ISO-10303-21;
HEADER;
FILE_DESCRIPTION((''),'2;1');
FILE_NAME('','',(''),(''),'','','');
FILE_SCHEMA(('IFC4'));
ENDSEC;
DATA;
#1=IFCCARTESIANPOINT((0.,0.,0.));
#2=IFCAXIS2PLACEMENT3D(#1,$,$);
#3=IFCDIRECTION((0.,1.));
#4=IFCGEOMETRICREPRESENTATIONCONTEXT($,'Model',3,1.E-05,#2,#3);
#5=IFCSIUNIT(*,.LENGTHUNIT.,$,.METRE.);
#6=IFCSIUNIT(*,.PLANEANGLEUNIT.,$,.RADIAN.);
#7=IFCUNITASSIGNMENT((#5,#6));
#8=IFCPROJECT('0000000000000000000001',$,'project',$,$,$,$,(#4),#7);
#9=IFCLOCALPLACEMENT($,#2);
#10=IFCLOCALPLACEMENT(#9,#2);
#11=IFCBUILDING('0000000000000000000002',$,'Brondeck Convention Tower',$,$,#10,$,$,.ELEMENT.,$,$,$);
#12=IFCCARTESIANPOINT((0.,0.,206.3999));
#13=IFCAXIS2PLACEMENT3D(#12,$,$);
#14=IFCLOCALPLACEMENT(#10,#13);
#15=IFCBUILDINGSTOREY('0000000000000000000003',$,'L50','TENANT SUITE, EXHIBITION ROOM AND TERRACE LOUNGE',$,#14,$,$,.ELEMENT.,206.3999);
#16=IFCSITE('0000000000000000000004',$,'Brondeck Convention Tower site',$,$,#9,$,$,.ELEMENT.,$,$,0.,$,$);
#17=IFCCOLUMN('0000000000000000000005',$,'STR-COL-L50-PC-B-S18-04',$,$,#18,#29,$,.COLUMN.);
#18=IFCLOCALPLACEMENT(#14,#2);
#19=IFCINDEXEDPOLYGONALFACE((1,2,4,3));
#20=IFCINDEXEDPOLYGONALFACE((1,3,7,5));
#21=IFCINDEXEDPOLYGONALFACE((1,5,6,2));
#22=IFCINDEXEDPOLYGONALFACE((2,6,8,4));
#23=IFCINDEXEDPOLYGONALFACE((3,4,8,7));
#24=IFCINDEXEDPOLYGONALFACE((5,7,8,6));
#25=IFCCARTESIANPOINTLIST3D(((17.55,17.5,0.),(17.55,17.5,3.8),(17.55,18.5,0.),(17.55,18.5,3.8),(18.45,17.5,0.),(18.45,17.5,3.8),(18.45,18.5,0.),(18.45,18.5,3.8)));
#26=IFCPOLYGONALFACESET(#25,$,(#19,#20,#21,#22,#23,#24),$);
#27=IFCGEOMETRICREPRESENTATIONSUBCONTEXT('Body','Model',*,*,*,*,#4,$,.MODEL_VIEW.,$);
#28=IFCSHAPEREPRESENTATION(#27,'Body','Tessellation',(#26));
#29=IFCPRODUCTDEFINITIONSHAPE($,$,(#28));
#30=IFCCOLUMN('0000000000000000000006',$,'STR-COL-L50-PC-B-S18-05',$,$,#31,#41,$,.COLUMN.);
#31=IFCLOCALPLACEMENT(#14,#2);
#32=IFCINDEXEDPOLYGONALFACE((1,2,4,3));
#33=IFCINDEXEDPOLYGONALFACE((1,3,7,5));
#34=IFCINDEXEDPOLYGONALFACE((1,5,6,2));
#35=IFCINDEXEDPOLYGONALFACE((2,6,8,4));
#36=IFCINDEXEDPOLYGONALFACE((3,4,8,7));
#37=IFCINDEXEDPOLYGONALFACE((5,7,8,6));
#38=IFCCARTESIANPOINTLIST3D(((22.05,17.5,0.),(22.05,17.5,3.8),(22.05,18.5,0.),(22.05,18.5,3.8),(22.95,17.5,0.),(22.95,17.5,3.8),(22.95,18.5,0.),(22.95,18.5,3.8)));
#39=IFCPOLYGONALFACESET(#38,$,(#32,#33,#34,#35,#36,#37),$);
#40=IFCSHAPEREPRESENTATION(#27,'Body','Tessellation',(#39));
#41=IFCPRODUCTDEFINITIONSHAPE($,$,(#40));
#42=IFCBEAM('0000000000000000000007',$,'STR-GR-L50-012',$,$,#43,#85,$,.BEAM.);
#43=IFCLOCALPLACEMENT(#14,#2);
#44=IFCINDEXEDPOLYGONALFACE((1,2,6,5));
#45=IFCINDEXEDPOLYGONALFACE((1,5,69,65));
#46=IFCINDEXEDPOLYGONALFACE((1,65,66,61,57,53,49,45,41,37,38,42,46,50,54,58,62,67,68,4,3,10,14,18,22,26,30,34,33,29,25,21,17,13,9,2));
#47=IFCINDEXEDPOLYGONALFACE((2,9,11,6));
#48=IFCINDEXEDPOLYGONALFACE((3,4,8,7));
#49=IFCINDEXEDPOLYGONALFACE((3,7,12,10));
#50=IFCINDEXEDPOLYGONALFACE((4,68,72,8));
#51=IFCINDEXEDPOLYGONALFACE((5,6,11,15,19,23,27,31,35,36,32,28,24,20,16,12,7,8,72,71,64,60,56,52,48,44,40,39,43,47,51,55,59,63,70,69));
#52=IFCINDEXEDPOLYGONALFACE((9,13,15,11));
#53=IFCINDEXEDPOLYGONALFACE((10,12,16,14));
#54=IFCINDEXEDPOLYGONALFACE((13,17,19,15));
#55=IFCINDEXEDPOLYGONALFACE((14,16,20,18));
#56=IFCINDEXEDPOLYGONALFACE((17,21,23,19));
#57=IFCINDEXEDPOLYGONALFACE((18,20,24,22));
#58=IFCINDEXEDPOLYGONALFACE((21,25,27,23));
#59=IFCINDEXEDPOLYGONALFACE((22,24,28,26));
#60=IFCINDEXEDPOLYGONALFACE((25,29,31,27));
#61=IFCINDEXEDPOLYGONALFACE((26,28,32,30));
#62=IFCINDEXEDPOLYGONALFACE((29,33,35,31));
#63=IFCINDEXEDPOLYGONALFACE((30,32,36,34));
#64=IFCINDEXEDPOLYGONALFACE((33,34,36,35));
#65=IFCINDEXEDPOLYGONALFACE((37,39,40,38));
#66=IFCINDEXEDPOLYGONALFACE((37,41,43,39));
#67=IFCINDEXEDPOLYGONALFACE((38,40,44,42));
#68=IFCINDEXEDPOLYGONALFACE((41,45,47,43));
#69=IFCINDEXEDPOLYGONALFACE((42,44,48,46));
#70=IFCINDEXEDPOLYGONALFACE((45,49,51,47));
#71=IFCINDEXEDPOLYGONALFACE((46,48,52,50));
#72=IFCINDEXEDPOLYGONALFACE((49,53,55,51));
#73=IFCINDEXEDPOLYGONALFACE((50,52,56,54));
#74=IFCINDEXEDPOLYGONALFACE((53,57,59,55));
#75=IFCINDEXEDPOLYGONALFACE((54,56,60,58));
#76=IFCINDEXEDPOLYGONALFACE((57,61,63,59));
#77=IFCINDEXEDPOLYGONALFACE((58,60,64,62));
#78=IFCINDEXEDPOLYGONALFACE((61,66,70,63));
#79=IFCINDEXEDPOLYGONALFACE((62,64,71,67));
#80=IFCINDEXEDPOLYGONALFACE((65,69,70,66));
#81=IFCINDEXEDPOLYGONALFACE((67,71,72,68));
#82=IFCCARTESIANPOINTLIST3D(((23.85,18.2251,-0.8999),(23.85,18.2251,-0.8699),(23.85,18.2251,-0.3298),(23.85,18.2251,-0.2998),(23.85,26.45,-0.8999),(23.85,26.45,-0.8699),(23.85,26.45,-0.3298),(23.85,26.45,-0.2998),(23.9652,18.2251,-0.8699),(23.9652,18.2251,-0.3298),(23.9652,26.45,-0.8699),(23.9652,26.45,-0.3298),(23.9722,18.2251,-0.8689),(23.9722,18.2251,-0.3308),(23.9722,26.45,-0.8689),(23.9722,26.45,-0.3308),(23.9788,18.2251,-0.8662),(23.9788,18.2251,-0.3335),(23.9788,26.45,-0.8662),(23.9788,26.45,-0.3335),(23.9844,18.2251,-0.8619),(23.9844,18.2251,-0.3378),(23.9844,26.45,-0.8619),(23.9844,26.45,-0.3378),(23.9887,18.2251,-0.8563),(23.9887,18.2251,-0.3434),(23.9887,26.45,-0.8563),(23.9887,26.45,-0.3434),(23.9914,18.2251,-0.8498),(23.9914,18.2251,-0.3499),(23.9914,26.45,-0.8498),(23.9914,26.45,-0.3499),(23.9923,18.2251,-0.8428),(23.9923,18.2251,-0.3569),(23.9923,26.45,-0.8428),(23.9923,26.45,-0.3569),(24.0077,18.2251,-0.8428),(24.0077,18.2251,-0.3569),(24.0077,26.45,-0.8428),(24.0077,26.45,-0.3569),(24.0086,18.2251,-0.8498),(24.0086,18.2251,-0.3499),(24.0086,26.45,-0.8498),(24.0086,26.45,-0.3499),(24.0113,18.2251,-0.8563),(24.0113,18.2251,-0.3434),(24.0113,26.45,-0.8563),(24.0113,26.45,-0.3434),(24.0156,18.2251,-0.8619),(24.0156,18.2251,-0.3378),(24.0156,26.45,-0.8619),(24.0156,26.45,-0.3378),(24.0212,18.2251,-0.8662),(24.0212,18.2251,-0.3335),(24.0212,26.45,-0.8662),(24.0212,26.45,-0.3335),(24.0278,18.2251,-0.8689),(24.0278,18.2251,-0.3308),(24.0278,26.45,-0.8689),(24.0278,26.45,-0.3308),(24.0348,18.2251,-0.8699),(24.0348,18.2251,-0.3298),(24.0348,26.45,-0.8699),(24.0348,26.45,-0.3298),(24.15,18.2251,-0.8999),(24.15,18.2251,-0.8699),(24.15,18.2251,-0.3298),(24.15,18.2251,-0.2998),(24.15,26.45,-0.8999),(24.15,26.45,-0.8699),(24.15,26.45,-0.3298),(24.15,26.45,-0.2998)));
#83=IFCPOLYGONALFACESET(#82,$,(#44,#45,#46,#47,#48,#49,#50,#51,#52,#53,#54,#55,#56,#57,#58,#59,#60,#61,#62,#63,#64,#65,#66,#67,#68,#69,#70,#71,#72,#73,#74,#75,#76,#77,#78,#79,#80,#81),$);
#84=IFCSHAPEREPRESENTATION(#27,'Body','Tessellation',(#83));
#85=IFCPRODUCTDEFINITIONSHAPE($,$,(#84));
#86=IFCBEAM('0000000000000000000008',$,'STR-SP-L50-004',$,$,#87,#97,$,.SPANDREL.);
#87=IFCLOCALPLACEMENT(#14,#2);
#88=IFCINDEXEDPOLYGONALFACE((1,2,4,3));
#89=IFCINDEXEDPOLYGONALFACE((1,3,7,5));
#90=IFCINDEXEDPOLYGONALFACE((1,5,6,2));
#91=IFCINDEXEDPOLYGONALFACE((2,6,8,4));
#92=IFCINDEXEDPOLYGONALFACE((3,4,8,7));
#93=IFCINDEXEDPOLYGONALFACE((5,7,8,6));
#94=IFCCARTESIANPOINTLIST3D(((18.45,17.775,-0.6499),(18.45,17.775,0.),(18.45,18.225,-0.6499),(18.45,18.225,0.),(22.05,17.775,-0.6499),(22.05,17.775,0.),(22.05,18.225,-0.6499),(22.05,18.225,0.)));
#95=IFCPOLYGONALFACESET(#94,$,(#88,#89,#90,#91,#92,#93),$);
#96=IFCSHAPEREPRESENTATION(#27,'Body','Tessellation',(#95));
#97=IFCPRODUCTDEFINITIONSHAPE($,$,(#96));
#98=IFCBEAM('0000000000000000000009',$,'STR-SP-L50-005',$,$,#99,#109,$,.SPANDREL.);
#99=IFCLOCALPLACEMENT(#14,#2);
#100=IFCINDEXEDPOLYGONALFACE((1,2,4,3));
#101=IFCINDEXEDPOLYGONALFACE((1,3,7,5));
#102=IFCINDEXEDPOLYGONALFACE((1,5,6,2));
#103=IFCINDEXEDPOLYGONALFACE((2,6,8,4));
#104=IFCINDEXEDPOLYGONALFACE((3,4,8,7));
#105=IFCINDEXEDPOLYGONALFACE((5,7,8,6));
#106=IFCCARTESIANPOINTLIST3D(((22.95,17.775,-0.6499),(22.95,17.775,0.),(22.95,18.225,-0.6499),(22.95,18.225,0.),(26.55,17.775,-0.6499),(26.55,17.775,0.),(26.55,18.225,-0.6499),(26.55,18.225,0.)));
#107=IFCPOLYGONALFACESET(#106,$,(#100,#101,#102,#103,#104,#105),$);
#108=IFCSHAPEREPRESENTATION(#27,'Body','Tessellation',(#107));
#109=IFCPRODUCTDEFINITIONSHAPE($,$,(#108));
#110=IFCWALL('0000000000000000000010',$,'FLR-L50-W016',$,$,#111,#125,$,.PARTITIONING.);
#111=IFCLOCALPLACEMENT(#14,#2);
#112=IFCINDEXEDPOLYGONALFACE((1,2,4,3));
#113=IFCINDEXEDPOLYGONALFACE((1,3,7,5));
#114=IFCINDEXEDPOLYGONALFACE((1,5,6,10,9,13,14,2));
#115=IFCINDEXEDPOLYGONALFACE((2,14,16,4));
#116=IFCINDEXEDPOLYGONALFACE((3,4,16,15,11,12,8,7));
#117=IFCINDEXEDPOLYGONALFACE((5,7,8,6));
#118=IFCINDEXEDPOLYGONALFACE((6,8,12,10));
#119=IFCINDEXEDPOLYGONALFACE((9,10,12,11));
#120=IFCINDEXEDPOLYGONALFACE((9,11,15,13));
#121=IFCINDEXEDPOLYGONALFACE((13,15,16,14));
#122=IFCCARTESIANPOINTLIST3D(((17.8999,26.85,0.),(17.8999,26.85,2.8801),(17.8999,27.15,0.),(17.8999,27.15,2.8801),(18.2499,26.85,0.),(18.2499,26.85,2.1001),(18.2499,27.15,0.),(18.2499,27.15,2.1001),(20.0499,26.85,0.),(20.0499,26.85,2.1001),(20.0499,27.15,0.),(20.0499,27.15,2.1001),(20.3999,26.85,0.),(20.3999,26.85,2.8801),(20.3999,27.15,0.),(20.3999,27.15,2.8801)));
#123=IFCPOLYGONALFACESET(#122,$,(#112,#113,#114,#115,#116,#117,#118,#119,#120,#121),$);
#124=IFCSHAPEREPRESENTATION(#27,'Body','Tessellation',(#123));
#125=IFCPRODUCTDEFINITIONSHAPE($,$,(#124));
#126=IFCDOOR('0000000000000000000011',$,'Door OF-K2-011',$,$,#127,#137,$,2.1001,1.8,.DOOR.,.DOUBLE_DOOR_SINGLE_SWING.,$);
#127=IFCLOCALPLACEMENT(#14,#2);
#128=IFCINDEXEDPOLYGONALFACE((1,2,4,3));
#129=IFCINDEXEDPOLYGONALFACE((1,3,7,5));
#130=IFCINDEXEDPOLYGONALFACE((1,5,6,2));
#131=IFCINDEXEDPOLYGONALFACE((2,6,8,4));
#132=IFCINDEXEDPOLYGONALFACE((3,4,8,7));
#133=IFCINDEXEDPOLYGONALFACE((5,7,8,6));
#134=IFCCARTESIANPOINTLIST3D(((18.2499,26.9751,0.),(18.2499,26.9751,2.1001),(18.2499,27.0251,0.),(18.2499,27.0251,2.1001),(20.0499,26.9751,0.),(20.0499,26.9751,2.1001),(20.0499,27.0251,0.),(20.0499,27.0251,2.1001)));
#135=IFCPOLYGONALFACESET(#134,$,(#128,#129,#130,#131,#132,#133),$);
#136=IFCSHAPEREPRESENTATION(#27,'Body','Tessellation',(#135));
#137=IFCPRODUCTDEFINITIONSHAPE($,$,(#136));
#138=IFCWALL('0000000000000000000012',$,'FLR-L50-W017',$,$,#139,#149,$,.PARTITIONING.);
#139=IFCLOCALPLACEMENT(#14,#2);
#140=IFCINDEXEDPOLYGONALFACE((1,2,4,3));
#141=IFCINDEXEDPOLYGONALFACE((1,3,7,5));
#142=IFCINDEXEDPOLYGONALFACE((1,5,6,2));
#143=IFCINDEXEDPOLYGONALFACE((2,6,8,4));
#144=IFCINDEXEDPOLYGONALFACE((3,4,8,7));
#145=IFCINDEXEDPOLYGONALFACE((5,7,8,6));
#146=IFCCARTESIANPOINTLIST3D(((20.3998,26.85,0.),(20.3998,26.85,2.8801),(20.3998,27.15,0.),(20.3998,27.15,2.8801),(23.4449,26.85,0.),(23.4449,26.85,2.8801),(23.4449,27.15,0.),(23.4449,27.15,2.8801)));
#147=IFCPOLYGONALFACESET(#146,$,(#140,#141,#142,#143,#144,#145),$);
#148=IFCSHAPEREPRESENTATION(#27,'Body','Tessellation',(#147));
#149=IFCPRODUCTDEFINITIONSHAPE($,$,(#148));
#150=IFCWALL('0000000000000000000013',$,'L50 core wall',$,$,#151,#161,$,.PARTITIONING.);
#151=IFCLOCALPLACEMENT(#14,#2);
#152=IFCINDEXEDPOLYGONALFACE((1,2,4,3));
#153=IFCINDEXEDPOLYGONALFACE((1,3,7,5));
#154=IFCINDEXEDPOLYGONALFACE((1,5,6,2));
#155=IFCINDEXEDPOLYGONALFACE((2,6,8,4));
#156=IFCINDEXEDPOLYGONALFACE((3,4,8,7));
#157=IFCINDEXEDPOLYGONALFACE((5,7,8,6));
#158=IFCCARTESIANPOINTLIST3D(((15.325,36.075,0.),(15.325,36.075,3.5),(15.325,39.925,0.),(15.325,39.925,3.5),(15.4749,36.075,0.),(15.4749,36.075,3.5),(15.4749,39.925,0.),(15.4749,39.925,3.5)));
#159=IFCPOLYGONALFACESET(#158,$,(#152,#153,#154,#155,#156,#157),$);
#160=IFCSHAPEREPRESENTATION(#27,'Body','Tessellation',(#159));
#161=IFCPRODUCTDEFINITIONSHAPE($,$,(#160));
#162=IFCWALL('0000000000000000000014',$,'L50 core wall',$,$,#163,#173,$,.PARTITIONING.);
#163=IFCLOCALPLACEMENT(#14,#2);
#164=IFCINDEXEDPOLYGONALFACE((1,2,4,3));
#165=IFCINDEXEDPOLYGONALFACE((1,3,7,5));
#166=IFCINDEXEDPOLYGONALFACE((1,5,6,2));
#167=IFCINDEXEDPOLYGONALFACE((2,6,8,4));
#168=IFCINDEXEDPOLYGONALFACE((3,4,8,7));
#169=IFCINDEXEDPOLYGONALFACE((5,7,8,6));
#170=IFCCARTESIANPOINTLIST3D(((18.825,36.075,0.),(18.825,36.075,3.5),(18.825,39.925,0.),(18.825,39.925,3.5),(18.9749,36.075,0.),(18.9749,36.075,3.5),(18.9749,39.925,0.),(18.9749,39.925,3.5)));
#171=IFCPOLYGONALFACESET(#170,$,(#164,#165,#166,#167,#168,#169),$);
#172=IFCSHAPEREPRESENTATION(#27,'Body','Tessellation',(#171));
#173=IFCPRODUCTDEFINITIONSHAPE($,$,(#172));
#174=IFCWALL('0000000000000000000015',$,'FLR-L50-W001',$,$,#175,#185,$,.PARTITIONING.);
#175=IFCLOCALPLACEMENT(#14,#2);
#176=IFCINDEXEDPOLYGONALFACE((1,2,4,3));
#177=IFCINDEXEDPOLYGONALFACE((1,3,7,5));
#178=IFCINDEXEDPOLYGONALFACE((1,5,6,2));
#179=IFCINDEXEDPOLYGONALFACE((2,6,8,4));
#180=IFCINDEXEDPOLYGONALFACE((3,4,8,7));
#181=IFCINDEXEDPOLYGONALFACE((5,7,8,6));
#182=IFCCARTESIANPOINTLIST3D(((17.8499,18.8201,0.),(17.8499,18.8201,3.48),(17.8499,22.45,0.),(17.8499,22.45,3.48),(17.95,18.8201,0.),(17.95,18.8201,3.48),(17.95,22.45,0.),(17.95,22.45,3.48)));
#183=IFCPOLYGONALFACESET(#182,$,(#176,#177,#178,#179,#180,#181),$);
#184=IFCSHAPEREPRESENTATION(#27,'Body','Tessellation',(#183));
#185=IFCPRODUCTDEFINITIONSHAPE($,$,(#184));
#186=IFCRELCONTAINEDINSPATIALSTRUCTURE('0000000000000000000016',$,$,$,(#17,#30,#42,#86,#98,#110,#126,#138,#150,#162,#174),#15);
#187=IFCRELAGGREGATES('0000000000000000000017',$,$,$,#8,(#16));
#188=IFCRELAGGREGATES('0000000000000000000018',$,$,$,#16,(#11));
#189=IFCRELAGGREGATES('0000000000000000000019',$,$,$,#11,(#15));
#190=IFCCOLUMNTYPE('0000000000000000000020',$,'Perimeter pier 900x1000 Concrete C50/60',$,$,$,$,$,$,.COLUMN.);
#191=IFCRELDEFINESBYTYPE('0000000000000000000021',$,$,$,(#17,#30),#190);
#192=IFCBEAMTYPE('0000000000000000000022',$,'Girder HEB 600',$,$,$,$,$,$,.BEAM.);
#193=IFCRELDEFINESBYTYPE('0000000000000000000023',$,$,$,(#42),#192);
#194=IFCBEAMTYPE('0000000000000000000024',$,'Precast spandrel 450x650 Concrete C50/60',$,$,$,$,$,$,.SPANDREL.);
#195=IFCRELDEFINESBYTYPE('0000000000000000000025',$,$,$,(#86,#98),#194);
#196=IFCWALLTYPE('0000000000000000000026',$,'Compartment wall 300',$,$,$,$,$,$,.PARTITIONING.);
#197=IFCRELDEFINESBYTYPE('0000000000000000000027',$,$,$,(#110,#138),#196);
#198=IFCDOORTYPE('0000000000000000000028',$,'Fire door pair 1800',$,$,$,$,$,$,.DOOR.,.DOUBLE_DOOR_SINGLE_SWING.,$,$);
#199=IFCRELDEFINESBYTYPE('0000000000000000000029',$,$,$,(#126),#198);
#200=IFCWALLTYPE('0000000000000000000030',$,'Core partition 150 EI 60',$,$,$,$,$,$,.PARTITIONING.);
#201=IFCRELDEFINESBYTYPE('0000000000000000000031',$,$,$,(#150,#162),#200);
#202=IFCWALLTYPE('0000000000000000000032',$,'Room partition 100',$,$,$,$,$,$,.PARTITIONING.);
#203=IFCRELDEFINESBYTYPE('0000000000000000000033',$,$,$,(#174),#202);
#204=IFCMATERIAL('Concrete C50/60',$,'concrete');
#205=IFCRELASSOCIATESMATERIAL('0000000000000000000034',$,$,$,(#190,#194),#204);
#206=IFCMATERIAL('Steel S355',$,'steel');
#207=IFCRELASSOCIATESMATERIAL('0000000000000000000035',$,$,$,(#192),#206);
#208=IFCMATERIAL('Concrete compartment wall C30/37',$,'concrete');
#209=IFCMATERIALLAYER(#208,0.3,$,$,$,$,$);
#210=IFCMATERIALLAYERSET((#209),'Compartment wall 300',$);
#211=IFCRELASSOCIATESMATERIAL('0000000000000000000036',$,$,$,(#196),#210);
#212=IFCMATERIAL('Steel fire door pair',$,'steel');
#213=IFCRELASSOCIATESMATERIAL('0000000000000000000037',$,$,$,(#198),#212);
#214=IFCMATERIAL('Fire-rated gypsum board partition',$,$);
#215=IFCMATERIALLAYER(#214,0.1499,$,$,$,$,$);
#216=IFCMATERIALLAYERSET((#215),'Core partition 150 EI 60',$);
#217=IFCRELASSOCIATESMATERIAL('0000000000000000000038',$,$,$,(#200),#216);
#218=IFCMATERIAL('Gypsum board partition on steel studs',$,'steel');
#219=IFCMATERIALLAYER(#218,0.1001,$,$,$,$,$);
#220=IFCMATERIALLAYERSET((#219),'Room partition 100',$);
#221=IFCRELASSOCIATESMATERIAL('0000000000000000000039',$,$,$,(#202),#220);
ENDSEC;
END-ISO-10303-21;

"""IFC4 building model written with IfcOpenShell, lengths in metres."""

from ifc_helpers import new_model, si_unit, direction, frame, frame_2d, origin, origin_2d, place, context, subcontext, project, spatial, rectangle, i_section, extrude, material, layer, layer_set, material_profile, profile_set, type_object, element, fill, save


model = new_model("IFC4")

# Units and contexts
model_context = context("Model", 3, precision=1e-05, world=origin(), true_north=direction((0.0, 1.0)))
body_context = subcontext(model_context, "Body", "Model", "MODEL_VIEW")
ifc_project = project(units=[si_unit("LENGTHUNIT", "METRE"), si_unit("PLANEANGLEUNIT", "RADIAN")], contexts=[model_context])

# Site, building, storey
site_placement = place(None, origin())
site = spatial("IfcSite", under=ifc_project, at=site_placement, Name="Brondeck Convention Tower site", CompositionType="ELEMENT", RefElevation=0.0)
building_placement = place(site_placement, origin())
building = spatial("IfcBuilding", under=site, at=building_placement, Name="Brondeck Convention Tower", CompositionType="ELEMENT")
storey_placement = place(building_placement, frame((0.0, 0.0, 206.3999)))
storey = spatial("IfcBuildingStorey", under=building, at=storey_placement, Name="L50", Description="TENANT SUITE, EXHIBITION ROOM AND TERRACE LOUNGE", CompositionType="ELEMENT", Elevation=206.3999)

# Columns
ifc_material_1 = material(Name="Concrete C50/60", Category="concrete")
ifc_material_profile_1 = material_profile(ifc_material_1, rectangle(XDim=0.8999, YDim=1.0, at=origin_2d()), Name="Perimeter pier 900x1000 Concrete C50/60")
ifc_profile_set_1 = profile_set([ifc_material_profile_1], Name="Concrete C50/60")
column_type = type_object("IfcColumnType", Name="Perimeter pier 900x1000 Concrete C50/60", PredefinedType="COLUMN", material=ifc_profile_set_1)
for number, where, z_axis, x_axis, name in (
    (1, (18.0, 18.0, 0.0), (0.0, 0.0, 1.0), (1.0, 0.0, 0.0), "STR-COL-L50-PC-B-S18-04"),
    (2, (22.5, 18.0, 0.0), (0.0, 0.0, 1.0), (1.0, 0.0, 0.0), "STR-COL-L50-PC-B-S18-05"),
):
    element("IfcColumn", number, at=place(storey_placement, frame(where, z_axis=z_axis, x_axis=x_axis)), inside=storey, type_object=column_type, Name=name, PredefinedType="COLUMN", context=body_context, shape_type="SweptSolid", body=[
        extrude(rectangle(XDim=0.8999, YDim=1.0, at=origin_2d()), origin(), (0.0, 0.0, 1.0), 3.8),
    ])

# Beams
ifc_material_2 = material(Name="Steel S355", Category="steel")
ifc_material_profile_2 = material_profile(ifc_material_2, i_section(OverallWidth=0.3, OverallDepth=0.6001, WebThickness=0.0154, FlangeThickness=0.03, FilletRadius=0.0271, at=origin_2d()), Name="HEB 600")
ifc_profile_set_2 = profile_set([ifc_material_profile_2], Name="Steel S355")
beam_type_1 = type_object("IfcBeamType", Name="Girder HEB 600", PredefinedType="BEAM", material=ifc_profile_set_2)
beam_placement = place(storey_placement, frame((24.0, 26.45, -0.5999), z_axis=(0.0, -1.0, 0.0), x_axis=(1.0, 0.0, 0.0)))
element("IfcBeam", 3, at=beam_placement, inside=storey, type_object=beam_type_1, Name="STR-GR-L50-012", PredefinedType="BEAM", context=body_context, shape_type="SweptSolid", body=[
    extrude(i_section(OverallWidth=0.3, OverallDepth=0.6001, WebThickness=0.0154, FlangeThickness=0.03, FilletRadius=0.0271, at=origin_2d()), origin(), (0.0, 0.0, 1.0), 8.2249),
])
ifc_material_profile_3 = material_profile(ifc_material_1, rectangle(XDim=0.45, YDim=0.6499, at=origin_2d()), Name="Precast spandrel 450x650 Concrete C50/60")
ifc_profile_set_3 = profile_set([ifc_material_profile_3], Name="Concrete C50/60")
beam_type_2 = type_object("IfcBeamType", Name="Precast spandrel 450x650 Concrete C50/60", PredefinedType="SPANDREL", material=ifc_profile_set_3)
for number, where, z_axis, x_axis, name in (
    (4, (18.45, 18.0, -0.325), (1.0, 0.0, 0.0), (0.0, 1.0, 0.0), "STR-SP-L50-004"),
    (5, (22.95, 18.0, -0.325), (1.0, 0.0, 0.0), (0.0, 1.0, 0.0), "STR-SP-L50-005"),
):
    element("IfcBeam", number, at=place(storey_placement, frame(where, z_axis=z_axis, x_axis=x_axis)), inside=storey, type_object=beam_type_2, Name=name, PredefinedType="SPANDREL", context=body_context, shape_type="SweptSolid", body=[
        extrude(rectangle(XDim=0.45, YDim=0.6499, at=origin_2d()), origin(), (0.0, 0.0, 1.0), 3.6001),
    ])

# Wall, opening, door
ifc_material_3 = material(Name="Concrete compartment wall C30/37", Category="concrete")
ifc_layer_1 = layer(ifc_material_3, 0.3)
ifc_layer_set_1 = layer_set([ifc_layer_1], Name="Compartment wall 300")
wall_type_1 = type_object("IfcWallType", Name="Compartment wall 300", PredefinedType="PARTITIONING", material=ifc_layer_set_1)
wall_1_placement = place(storey_placement, frame((20.3999, 27.0, 0.0), z_axis=(0.0, 0.0, 1.0), x_axis=(-1.0, 0.0, 0.0)))
wall_1 = element("IfcWall", 6, at=wall_1_placement, inside=storey, type_object=wall_type_1, Name="FLR-L50-W016", PredefinedType="PARTITIONING", context=body_context, shape_type="SweptSolid", body=[
    extrude(rectangle(XDim=2.5, YDim=0.3, at=frame_2d((1.25, 0.0))), origin(), (0.0, 0.0, 1.0), 2.8801),
])
opening_1_placement = place(wall_1_placement, frame((0.3501, 0.0, 0.0)))
opening_1 = element("IfcOpeningElement", 7, at=opening_1_placement, cuts=wall_1, PredefinedType="OPENING", context=body_context, shape_type="SweptSolid", body=[
    extrude(rectangle(XDim=1.8, YDim=2.1001, at=frame_2d((0.8999, 1.05))), frame((0.0, 0.1599, 0.0), z_axis=(0.0, -1.0, 0.0), x_axis=(1.0, 0.0, 0.0)), (0.0, 0.0, 1.0), 0.3201),
])
ifc_material_4 = material(Name="Steel fire door pair", Category="steel")
door_type_1 = type_object("IfcDoorType", Name="Fire door pair 1800", OperationType="DOUBLE_DOOR_SINGLE_SWING", PredefinedType="DOOR", material=ifc_material_4)
door_1_placement = place(opening_1_placement, origin())
door_1 = element("IfcDoor", 8, at=door_1_placement, inside=storey, type_object=door_type_1, Name="Door OF-K2-011", OperationType="DOUBLE_DOOR_SINGLE_SWING", OverallHeight=2.1001, OverallWidth=1.8, PredefinedType="DOOR", context=body_context, shape_type="SweptSolid", body=[
    extrude(rectangle(XDim=1.8, YDim=2.1001, at=frame_2d((0.8999, 1.05))), frame((0.0, 0.0249, 0.0), z_axis=(0.0, -1.0, 0.0), x_axis=(1.0, 0.0, 0.0)), (0.0, 0.0, 1.0), 0.05),
])
fill(opening_1, door_1)

# Walls
wall_2_placement = place(storey_placement, frame((20.3999, 27.0, 0.0), z_axis=(0.0, 0.0, 1.0), x_axis=(1.0, 0.0, 0.0)))
element("IfcWall", 9, at=wall_2_placement, inside=storey, type_object=wall_type_1, Name="FLR-L50-W017", PredefinedType="PARTITIONING", context=body_context, shape_type="SweptSolid", body=[
    extrude(rectangle(XDim=3.0452, YDim=0.3, at=frame_2d((1.5225, 0.0))), origin(), (0.0, 0.0, 1.0), 2.8801),
])
ifc_material_5 = material(Name="Fire-rated gypsum board partition")
ifc_layer_2 = layer(ifc_material_5, 0.1499)
ifc_layer_set_2 = layer_set([ifc_layer_2], Name="Core partition 150 EI 60")
wall_type_2 = type_object("IfcWallType", Name="Core partition 150 EI 60", PredefinedType="PARTITIONING", material=ifc_layer_set_2)
for number, where, z_axis, x_axis, name in (
    (10, (15.3999, 36.075, 0.0), (0.0, 0.0, 1.0), (0.0, 1.0, 0.0), "L50 core wall"),
    (11, (18.8999, 36.075, 0.0), (0.0, 0.0, 1.0), (0.0, 1.0, 0.0), "L50 core wall"),
):
    element("IfcWall", number, at=place(storey_placement, frame(where, z_axis=z_axis, x_axis=x_axis)), inside=storey, type_object=wall_type_2, Name=name, PredefinedType="PARTITIONING", context=body_context, shape_type="SweptSolid", body=[
        extrude(rectangle(XDim=3.8501, YDim=0.1499, at=frame_2d((1.925, 0.0))), origin(), (0.0, 0.0, 1.0), 3.5),
    ])
ifc_material_6 = material(Name="Gypsum board partition on steel studs", Category="steel")
ifc_layer_3 = layer(ifc_material_6, 0.1001)
ifc_layer_set_3 = layer_set([ifc_layer_3], Name="Room partition 100")
wall_type_3 = type_object("IfcWallType", Name="Room partition 100", PredefinedType="PARTITIONING", material=ifc_layer_set_3)
wall_3_placement = place(storey_placement, frame((17.8999, 22.45, 0.0), z_axis=(0.0, 0.0, 1.0), x_axis=(0.0, -1.0, 0.0)))
element("IfcWall", 12, at=wall_3_placement, inside=storey, type_object=wall_type_3, Name="FLR-L50-W001", PredefinedType="PARTITIONING", context=body_context, shape_type="SweptSolid", body=[
    extrude(rectangle(XDim=3.6299, YDim=0.1001, at=frame_2d((1.8149, 0.0))), origin(), (0.0, 0.0, 1.0), 3.48),
])

save(model, "model.ifc")
